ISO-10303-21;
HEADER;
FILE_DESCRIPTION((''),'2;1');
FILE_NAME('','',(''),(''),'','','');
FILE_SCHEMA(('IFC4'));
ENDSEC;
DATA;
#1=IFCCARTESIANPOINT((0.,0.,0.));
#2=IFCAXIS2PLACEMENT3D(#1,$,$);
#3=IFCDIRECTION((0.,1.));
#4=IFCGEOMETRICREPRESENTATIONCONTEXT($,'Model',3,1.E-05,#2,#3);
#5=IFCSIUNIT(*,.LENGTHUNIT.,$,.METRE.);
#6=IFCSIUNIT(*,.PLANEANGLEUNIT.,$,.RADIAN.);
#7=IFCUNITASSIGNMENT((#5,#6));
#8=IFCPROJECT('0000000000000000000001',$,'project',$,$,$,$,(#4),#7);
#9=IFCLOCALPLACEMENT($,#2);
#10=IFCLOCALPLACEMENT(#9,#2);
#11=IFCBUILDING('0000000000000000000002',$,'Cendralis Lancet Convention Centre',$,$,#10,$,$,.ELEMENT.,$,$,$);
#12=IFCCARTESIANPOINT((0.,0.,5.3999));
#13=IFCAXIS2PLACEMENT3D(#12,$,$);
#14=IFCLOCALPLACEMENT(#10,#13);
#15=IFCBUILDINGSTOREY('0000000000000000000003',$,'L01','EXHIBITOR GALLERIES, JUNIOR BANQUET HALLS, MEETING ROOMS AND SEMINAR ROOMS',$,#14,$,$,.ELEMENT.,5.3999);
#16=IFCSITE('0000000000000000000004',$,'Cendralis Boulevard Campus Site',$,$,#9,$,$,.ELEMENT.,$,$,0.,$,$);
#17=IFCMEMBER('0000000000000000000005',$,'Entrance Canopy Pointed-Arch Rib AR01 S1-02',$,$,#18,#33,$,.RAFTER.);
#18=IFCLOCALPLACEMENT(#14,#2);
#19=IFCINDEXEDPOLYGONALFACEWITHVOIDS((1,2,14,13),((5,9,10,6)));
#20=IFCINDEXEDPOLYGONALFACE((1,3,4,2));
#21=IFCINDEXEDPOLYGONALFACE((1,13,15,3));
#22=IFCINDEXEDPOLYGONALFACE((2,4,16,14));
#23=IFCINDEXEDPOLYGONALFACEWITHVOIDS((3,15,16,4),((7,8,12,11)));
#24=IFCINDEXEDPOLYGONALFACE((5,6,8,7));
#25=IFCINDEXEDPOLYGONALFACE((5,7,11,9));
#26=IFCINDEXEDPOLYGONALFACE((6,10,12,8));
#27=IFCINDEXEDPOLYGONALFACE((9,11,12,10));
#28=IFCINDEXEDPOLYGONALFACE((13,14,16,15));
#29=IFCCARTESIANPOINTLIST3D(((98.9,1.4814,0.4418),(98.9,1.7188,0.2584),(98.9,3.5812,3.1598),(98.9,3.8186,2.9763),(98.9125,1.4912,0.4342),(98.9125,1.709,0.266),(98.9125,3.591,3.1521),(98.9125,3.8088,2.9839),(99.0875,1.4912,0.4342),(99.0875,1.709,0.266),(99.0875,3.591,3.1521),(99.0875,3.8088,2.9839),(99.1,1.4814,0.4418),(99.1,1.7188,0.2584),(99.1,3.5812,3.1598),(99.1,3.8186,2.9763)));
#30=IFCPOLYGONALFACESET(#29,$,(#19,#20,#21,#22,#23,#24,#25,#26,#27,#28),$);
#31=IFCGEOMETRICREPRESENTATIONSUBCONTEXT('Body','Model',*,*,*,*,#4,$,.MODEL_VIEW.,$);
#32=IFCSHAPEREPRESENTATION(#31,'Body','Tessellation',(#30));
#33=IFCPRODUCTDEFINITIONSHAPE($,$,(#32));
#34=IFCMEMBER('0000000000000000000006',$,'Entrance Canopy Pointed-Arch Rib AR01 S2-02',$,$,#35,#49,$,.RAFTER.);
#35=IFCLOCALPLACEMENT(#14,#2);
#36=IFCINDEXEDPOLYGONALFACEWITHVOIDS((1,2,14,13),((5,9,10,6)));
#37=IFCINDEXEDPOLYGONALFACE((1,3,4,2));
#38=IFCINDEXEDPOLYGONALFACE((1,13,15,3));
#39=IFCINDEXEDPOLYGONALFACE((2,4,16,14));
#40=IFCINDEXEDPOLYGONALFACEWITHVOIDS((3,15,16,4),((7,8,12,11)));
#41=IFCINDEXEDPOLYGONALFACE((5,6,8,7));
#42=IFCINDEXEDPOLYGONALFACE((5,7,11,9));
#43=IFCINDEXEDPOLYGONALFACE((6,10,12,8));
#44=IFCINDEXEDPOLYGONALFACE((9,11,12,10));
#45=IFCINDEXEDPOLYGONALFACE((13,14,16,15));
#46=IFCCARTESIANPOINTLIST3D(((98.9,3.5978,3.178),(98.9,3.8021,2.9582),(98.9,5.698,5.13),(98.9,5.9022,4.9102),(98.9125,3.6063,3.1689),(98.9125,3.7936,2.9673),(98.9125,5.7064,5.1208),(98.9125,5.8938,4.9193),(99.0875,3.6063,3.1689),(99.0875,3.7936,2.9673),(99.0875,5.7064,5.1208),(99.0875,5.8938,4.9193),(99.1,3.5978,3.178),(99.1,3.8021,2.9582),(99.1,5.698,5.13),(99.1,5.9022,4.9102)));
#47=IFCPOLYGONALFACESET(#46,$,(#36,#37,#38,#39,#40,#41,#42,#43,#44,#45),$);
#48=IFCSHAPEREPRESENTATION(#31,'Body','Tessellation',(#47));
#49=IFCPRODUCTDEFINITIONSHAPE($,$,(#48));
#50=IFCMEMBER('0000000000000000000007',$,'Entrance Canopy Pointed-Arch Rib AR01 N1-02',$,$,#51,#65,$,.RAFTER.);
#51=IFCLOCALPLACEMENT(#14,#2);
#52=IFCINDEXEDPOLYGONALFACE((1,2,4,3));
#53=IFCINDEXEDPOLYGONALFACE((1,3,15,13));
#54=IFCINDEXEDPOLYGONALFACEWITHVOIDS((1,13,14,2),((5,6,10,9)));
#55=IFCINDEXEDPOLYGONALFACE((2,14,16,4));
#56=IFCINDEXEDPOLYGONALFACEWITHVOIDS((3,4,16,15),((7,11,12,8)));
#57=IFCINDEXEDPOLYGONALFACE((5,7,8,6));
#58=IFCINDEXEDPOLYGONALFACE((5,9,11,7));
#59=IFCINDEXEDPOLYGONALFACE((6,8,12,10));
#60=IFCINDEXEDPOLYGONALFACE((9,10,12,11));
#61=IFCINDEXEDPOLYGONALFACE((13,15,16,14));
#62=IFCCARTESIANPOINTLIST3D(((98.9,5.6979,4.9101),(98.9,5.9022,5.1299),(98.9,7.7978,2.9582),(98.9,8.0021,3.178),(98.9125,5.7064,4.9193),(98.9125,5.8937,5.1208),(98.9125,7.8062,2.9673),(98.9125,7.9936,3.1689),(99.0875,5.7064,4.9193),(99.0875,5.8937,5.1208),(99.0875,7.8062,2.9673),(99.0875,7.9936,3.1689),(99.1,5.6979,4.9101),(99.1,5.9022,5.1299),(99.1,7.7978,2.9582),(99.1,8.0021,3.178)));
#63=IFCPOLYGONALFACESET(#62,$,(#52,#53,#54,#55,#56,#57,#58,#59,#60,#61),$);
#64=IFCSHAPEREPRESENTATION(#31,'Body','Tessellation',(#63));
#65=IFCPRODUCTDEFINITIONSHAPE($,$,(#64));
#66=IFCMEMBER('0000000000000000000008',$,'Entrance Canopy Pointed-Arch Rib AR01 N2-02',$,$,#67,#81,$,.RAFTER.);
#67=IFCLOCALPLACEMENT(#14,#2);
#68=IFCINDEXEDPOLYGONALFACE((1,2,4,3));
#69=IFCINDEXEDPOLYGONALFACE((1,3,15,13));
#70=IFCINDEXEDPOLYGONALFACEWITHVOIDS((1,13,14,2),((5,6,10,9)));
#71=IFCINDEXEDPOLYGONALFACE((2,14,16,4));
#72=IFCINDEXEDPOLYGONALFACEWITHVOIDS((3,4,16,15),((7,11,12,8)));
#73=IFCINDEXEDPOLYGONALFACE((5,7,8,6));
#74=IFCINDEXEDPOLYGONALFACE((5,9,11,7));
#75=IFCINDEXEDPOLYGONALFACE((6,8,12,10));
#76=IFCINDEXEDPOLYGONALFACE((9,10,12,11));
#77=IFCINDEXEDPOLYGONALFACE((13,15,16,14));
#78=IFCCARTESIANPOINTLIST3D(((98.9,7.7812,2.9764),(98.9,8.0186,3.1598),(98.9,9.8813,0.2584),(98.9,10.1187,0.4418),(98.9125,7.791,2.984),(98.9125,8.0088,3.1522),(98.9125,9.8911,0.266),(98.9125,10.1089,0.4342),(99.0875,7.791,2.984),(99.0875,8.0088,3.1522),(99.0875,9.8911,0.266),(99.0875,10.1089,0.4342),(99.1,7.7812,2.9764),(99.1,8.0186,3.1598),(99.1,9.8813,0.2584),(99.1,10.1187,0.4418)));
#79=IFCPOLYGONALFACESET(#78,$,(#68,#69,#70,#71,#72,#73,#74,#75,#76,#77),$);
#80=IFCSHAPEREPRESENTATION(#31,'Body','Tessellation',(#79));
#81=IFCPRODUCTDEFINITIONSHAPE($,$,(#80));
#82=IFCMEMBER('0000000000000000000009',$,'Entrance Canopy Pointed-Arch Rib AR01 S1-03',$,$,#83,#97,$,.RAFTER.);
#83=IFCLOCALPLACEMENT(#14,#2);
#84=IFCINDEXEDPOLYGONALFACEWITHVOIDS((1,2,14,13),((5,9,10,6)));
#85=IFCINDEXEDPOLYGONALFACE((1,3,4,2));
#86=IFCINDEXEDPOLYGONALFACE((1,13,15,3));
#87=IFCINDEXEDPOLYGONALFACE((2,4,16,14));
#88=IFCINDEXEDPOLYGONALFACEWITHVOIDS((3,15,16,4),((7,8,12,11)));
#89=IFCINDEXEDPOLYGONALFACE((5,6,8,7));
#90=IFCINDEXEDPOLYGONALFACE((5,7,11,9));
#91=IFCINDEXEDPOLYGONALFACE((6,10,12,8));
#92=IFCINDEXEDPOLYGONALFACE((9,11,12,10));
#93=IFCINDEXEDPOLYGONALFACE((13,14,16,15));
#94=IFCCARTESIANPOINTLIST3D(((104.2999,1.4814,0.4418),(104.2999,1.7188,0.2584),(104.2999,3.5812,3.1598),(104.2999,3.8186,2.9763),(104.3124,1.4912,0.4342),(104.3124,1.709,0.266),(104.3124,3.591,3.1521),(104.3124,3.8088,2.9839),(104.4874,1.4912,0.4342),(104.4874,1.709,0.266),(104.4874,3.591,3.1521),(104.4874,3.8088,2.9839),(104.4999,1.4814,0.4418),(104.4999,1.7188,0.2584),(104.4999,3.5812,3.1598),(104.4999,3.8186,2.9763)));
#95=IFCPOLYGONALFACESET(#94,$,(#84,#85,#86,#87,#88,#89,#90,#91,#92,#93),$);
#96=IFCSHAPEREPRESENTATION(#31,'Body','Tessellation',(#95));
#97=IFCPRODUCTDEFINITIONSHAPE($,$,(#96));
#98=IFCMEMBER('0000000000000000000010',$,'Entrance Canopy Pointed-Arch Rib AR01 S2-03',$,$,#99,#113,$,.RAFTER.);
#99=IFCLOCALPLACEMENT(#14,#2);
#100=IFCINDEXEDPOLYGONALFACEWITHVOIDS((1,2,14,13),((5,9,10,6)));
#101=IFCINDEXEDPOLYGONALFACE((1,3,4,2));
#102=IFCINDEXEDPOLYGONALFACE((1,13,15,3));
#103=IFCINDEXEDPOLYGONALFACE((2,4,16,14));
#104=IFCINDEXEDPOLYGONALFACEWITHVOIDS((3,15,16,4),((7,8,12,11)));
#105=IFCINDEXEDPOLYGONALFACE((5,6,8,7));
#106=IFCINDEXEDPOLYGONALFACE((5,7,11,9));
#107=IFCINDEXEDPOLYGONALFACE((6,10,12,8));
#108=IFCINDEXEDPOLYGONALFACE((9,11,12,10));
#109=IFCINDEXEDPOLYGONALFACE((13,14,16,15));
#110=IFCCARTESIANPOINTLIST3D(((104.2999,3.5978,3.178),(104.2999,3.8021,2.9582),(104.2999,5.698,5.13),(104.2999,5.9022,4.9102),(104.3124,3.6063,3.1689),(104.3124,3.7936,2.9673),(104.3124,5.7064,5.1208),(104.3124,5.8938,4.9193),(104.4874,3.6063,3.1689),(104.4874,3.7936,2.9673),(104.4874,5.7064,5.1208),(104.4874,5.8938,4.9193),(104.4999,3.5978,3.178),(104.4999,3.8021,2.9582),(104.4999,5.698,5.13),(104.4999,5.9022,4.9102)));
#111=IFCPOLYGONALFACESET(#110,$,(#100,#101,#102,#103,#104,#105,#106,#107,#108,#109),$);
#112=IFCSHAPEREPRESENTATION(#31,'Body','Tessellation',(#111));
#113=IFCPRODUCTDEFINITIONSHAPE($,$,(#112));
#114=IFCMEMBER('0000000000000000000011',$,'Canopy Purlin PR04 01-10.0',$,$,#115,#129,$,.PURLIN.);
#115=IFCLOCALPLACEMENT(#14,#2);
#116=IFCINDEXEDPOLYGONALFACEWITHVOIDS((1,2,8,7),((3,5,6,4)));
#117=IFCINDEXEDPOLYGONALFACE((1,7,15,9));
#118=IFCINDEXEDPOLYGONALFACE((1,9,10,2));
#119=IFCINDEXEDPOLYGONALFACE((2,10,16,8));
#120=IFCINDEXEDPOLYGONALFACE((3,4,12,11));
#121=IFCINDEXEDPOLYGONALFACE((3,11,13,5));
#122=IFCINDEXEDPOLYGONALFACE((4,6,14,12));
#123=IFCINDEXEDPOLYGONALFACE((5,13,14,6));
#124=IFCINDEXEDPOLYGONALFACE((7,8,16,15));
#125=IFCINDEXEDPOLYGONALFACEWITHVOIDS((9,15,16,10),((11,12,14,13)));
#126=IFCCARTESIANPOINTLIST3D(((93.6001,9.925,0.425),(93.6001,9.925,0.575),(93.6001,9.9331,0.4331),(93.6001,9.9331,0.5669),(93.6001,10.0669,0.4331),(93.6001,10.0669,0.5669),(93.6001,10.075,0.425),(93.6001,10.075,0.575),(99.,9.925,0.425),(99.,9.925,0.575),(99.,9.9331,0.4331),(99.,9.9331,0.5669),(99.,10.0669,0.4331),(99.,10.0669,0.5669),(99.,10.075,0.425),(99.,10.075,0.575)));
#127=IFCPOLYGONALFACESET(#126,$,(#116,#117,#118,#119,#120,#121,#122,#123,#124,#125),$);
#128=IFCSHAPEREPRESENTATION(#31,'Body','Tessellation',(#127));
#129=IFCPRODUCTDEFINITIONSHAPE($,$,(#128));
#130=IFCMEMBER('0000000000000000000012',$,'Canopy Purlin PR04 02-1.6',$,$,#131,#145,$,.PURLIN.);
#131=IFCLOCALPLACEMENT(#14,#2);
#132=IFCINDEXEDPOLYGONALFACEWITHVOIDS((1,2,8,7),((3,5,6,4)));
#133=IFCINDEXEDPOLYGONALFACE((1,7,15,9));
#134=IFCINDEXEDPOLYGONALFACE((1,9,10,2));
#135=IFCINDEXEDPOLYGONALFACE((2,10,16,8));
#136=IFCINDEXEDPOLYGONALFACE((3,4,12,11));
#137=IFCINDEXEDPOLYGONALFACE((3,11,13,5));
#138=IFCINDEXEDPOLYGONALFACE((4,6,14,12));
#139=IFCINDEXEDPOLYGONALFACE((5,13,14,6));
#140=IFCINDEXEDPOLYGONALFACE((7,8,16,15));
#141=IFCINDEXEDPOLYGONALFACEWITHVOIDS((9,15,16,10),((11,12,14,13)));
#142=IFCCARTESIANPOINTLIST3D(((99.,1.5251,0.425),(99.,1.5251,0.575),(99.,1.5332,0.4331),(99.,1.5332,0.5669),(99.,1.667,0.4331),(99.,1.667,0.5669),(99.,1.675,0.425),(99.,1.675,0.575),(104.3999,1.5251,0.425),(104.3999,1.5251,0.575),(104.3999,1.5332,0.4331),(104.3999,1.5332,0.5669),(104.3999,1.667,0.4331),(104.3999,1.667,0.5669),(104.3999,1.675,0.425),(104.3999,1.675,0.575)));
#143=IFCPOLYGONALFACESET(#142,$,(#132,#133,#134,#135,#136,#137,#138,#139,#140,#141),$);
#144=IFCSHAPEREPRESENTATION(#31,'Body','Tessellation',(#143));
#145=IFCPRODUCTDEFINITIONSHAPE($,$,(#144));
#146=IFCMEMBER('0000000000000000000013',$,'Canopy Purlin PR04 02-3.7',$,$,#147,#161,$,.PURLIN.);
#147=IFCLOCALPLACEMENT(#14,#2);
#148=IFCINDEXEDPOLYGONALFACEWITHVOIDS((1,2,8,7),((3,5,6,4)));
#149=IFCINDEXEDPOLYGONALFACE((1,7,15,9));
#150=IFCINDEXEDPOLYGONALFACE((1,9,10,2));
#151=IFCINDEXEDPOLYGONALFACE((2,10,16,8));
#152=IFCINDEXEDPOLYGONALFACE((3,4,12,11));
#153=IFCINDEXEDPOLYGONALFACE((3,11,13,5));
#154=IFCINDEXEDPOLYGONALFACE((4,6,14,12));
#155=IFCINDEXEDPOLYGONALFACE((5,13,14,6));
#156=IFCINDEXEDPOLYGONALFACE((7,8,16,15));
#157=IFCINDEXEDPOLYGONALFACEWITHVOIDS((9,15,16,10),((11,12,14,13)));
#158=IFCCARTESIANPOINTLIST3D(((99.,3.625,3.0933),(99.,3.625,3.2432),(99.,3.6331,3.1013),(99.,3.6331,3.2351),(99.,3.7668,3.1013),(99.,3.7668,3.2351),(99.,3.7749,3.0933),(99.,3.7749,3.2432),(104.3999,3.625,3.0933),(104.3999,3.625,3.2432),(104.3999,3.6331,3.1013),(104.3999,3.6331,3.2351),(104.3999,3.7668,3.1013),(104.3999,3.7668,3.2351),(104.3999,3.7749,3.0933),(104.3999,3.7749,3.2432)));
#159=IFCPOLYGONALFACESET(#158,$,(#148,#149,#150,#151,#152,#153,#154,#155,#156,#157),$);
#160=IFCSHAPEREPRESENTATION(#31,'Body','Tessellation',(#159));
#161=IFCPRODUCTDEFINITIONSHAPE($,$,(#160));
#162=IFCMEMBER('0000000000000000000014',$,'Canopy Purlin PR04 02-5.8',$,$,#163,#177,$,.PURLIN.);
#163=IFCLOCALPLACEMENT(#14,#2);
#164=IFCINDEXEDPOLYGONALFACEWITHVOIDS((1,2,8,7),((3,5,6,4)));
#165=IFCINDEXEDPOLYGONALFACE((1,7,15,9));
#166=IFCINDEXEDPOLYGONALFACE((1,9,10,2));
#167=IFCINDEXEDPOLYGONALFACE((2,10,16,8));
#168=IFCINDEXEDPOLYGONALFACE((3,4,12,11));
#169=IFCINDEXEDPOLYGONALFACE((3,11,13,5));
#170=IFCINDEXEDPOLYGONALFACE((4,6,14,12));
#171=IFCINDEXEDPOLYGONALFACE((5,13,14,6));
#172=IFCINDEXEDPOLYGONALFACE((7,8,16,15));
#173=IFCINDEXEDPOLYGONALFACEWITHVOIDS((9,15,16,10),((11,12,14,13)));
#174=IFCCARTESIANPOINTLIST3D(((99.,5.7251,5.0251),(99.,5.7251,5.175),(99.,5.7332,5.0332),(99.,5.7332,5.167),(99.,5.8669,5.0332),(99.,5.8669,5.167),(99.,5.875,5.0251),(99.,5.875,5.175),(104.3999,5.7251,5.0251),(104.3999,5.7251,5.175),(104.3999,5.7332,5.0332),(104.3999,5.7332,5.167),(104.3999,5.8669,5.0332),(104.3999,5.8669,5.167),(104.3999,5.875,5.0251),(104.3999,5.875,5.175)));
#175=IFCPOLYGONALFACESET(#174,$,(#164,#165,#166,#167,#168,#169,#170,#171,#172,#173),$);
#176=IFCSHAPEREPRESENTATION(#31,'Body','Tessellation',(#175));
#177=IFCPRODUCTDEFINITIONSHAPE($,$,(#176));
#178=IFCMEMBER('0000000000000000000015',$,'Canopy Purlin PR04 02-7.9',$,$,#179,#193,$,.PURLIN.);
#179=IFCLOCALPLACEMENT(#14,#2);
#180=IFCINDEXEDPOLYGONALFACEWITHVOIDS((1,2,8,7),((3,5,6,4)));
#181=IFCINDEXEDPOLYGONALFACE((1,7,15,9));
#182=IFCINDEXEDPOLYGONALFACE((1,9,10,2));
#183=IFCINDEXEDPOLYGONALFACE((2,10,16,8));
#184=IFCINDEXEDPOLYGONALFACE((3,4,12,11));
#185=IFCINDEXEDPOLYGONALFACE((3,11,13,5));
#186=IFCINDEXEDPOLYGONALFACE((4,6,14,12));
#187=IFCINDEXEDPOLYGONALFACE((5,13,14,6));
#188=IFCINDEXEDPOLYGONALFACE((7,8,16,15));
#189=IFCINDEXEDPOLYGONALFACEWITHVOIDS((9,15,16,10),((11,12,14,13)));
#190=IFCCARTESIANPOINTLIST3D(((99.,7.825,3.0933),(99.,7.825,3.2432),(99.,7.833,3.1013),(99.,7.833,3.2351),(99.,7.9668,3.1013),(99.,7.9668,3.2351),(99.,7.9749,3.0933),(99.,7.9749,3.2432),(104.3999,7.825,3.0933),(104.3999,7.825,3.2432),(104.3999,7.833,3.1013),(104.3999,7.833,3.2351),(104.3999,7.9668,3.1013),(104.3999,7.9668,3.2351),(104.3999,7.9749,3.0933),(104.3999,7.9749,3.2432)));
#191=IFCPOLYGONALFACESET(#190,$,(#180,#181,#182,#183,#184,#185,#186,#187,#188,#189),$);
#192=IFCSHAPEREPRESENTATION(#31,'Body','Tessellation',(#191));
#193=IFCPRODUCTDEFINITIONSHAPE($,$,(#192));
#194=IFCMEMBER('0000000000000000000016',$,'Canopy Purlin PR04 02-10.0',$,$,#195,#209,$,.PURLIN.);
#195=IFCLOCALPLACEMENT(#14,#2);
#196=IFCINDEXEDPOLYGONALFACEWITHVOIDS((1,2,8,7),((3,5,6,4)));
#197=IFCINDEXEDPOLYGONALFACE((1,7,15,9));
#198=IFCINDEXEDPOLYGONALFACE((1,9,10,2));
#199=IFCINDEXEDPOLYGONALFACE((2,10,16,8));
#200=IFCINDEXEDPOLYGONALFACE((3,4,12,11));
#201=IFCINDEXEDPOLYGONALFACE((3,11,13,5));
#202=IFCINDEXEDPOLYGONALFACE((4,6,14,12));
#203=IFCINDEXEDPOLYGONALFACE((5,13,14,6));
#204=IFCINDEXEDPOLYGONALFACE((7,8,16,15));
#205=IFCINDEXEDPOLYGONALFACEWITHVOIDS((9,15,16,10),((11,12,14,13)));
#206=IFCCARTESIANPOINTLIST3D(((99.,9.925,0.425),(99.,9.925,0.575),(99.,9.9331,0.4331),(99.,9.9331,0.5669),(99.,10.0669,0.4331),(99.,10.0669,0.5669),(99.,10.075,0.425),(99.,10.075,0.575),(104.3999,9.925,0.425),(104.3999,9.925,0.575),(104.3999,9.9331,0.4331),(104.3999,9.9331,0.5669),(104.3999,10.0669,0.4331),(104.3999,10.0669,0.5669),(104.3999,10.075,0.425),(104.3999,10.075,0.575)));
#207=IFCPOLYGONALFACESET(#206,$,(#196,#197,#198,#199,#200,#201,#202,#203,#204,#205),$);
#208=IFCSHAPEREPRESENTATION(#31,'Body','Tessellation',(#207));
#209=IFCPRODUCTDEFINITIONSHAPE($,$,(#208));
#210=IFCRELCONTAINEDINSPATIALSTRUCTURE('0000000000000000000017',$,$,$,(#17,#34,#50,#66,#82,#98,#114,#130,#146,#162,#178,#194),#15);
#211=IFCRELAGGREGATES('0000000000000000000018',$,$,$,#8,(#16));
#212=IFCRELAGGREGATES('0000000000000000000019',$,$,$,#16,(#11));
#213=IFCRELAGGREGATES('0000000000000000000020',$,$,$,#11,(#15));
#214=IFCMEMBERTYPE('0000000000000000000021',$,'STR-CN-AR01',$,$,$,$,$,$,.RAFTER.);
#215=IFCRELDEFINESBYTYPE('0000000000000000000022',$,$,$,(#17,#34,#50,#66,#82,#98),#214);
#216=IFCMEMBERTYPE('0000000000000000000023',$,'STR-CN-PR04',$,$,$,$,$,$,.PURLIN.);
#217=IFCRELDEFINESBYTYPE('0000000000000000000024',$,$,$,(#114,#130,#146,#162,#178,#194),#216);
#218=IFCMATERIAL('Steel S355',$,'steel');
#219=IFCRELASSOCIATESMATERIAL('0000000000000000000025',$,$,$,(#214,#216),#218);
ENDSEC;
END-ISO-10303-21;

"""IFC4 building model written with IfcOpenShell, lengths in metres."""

from ifc_helpers import new_model, si_unit, direction, frame, origin, origin_2d, place, context, subcontext, project, spatial, hollow_rectangle, extrude, material, material_profile, profile_set, type_object, element, save


model = new_model("IFC4")

# Units and contexts
model_context = context("Model", 3, precision=1e-05, world=origin(), true_north=direction((0.0, 1.0)))
body_context = subcontext(model_context, "Body", "Model", "MODEL_VIEW")
ifc_project = project(units=[si_unit("LENGTHUNIT", "METRE"), si_unit("PLANEANGLEUNIT", "RADIAN")], contexts=[model_context])

# Site, building, storey
site_placement = place(None, origin())
site = spatial("IfcSite", under=ifc_project, at=site_placement, Name="Cendralis Boulevard Campus Site", CompositionType="ELEMENT", RefElevation=0.0)
building_placement = place(site_placement, origin())
building = spatial("IfcBuilding", under=site, at=building_placement, Name="Cendralis Lancet Convention Centre", CompositionType="ELEMENT")
storey_placement = place(building_placement, frame((0.0, 0.0, 5.3999)))
storey = spatial("IfcBuildingStorey", under=building, at=storey_placement, Name="L01", Description="EXHIBITOR GALLERIES, JUNIOR BANQUET HALLS, MEETING ROOMS AND SEMINAR ROOMS", CompositionType="ELEMENT", Elevation=5.3999)

# Members
ifc_material = material(Name="Steel S355", Category="steel")
ifc_material_profile_1 = material_profile(ifc_material, hollow_rectangle(XDim=0.2, YDim=0.3, WallThickness=0.0125, at=origin_2d()), Name="RHS 300x200x12.5")
ifc_profile_set_1 = profile_set([ifc_material_profile_1], Name="Steel S355")
member_type_1 = type_object("IfcMemberType", Name="STR-CN-AR01", PredefinedType="RAFTER", material=ifc_profile_set_1)
member_1_placement = place(storey_placement, frame((99.0, 1.6001, 0.3501), z_axis=(0.0, 0.611369, 0.791346), x_axis=(-1.0, 0.0, 0.0)))
element("IfcMember", 1, at=member_1_placement, inside=storey, type_object=member_type_1, Name="Entrance Canopy Pointed-Arch Rib AR01 S1-02", PredefinedType="RAFTER", context=body_context, shape_type="SweptSolid", body=[
    extrude(hollow_rectangle(XDim=0.2, YDim=0.3, WallThickness=0.0125, at=origin_2d()), origin(), (0.0, 0.0, 1.0), 3.4346),
])
member_2_placement = place(storey_placement, frame((99.0, 3.7, 3.0681), z_axis=(0.0, 0.732478, 0.680791), x_axis=(-1.0, 0.0, 0.0)))
element("IfcMember", 2, at=member_2_placement, inside=storey, type_object=member_type_1, Name="Entrance Canopy Pointed-Arch Rib AR01 S2-02", PredefinedType="RAFTER", context=body_context, shape_type="SweptSolid", body=[
    extrude(hollow_rectangle(XDim=0.2, YDim=0.3, WallThickness=0.0125, at=origin_2d()), origin(), (0.0, 0.0, 1.0), 2.8672),
])
member_3_placement = place(storey_placement, frame((99.0, 5.8, 5.02), z_axis=(0.0, 0.732439, -0.680833), x_axis=(-1.0, 0.0, 0.0)))
element("IfcMember", 3, at=member_3_placement, inside=storey, type_object=member_type_1, Name="Entrance Canopy Pointed-Arch Rib AR01 N1-02", PredefinedType="RAFTER", context=body_context, shape_type="SweptSolid", body=[
    extrude(hollow_rectangle(XDim=0.2, YDim=0.3, WallThickness=0.0125, at=origin_2d()), origin(), (0.0, 0.0, 1.0), 2.8669),
])
member_4_placement = place(storey_placement, frame((99.0, 7.8999, 3.0681), z_axis=(0.0, 0.611413, -0.791312), x_axis=(-1.0, 0.0, 0.0)))
element("IfcMember", 4, at=member_4_placement, inside=storey, type_object=member_type_1, Name="Entrance Canopy Pointed-Arch Rib AR01 N2-02", PredefinedType="RAFTER", context=body_context, shape_type="SweptSolid", body=[
    extrude(hollow_rectangle(XDim=0.2, YDim=0.3, WallThickness=0.0125, at=origin_2d()), origin(), (0.0, 0.0, 1.0), 3.4348),
])
member_5_placement = place(storey_placement, frame((104.3999, 1.6001, 0.3501), z_axis=(0.0, 0.611369, 0.791346), x_axis=(-1.0, 0.0, 0.0)))
element("IfcMember", 5, at=member_5_placement, inside=storey, type_object=member_type_1, Name="Entrance Canopy Pointed-Arch Rib AR01 S1-03", PredefinedType="RAFTER", context=body_context, shape_type="SweptSolid", body=[
    extrude(hollow_rectangle(XDim=0.2, YDim=0.3, WallThickness=0.0125, at=origin_2d()), origin(), (0.0, 0.0, 1.0), 3.4346),
])
member_6_placement = place(storey_placement, frame((104.3999, 3.7, 3.0681), z_axis=(0.0, 0.732478, 0.680791), x_axis=(-1.0, 0.0, 0.0)))
element("IfcMember", 6, at=member_6_placement, inside=storey, type_object=member_type_1, Name="Entrance Canopy Pointed-Arch Rib AR01 S2-03", PredefinedType="RAFTER", context=body_context, shape_type="SweptSolid", body=[
    extrude(hollow_rectangle(XDim=0.2, YDim=0.3, WallThickness=0.0125, at=origin_2d()), origin(), (0.0, 0.0, 1.0), 2.8672),
])
ifc_material_profile_2 = material_profile(ifc_material, hollow_rectangle(XDim=0.1499, YDim=0.1499, WallThickness=0.0081, at=origin_2d()), Name="SHS 150x150x8.0")
ifc_profile_set_2 = profile_set([ifc_material_profile_2], Name="Steel S355")
member_type_2 = type_object("IfcMemberType", Name="STR-CN-PR04", PredefinedType="PURLIN", material=ifc_profile_set_2)
for number, where, z_axis, x_axis, name in (
    (7, (93.6001, 10.0, 0.5), (1.0, 0.0, 0.0), (0.0, 1.0, 0.0), "Canopy Purlin PR04 01-10.0"),
    (8, (99.0, 1.6001, 0.5), (1.0, 0.0, 0.0), (0.0, 1.0, 0.0), "Canopy Purlin PR04 02-1.6"),
    (9, (99.0, 3.7, 3.1682), (1.0, 0.0, 0.0), (0.0, 1.0, 0.0), "Canopy Purlin PR04 02-3.7"),
    (10, (99.0, 5.8, 5.1001), (1.0, 0.0, 0.0), (0.0, 1.0, 0.0), "Canopy Purlin PR04 02-5.8"),
    (11, (99.0, 7.8999, 3.1682), (1.0, 0.0, 0.0), (0.0, 1.0, 0.0), "Canopy Purlin PR04 02-7.9"),
    (12, (99.0, 10.0, 0.5), (1.0, 0.0, 0.0), (0.0, 1.0, 0.0), "Canopy Purlin PR04 02-10.0"),
):
    element("IfcMember", number, at=place(storey_placement, frame(where, z_axis=z_axis, x_axis=x_axis)), inside=storey, type_object=member_type_2, Name=name, PredefinedType="PURLIN", context=body_context, shape_type="SweptSolid", body=[
        extrude(hollow_rectangle(XDim=0.1499, YDim=0.1499, WallThickness=0.0081, at=origin_2d()), origin(), (0.0, 0.0, 1.0), 5.3999),
    ])

save(model, "model.ifc")
